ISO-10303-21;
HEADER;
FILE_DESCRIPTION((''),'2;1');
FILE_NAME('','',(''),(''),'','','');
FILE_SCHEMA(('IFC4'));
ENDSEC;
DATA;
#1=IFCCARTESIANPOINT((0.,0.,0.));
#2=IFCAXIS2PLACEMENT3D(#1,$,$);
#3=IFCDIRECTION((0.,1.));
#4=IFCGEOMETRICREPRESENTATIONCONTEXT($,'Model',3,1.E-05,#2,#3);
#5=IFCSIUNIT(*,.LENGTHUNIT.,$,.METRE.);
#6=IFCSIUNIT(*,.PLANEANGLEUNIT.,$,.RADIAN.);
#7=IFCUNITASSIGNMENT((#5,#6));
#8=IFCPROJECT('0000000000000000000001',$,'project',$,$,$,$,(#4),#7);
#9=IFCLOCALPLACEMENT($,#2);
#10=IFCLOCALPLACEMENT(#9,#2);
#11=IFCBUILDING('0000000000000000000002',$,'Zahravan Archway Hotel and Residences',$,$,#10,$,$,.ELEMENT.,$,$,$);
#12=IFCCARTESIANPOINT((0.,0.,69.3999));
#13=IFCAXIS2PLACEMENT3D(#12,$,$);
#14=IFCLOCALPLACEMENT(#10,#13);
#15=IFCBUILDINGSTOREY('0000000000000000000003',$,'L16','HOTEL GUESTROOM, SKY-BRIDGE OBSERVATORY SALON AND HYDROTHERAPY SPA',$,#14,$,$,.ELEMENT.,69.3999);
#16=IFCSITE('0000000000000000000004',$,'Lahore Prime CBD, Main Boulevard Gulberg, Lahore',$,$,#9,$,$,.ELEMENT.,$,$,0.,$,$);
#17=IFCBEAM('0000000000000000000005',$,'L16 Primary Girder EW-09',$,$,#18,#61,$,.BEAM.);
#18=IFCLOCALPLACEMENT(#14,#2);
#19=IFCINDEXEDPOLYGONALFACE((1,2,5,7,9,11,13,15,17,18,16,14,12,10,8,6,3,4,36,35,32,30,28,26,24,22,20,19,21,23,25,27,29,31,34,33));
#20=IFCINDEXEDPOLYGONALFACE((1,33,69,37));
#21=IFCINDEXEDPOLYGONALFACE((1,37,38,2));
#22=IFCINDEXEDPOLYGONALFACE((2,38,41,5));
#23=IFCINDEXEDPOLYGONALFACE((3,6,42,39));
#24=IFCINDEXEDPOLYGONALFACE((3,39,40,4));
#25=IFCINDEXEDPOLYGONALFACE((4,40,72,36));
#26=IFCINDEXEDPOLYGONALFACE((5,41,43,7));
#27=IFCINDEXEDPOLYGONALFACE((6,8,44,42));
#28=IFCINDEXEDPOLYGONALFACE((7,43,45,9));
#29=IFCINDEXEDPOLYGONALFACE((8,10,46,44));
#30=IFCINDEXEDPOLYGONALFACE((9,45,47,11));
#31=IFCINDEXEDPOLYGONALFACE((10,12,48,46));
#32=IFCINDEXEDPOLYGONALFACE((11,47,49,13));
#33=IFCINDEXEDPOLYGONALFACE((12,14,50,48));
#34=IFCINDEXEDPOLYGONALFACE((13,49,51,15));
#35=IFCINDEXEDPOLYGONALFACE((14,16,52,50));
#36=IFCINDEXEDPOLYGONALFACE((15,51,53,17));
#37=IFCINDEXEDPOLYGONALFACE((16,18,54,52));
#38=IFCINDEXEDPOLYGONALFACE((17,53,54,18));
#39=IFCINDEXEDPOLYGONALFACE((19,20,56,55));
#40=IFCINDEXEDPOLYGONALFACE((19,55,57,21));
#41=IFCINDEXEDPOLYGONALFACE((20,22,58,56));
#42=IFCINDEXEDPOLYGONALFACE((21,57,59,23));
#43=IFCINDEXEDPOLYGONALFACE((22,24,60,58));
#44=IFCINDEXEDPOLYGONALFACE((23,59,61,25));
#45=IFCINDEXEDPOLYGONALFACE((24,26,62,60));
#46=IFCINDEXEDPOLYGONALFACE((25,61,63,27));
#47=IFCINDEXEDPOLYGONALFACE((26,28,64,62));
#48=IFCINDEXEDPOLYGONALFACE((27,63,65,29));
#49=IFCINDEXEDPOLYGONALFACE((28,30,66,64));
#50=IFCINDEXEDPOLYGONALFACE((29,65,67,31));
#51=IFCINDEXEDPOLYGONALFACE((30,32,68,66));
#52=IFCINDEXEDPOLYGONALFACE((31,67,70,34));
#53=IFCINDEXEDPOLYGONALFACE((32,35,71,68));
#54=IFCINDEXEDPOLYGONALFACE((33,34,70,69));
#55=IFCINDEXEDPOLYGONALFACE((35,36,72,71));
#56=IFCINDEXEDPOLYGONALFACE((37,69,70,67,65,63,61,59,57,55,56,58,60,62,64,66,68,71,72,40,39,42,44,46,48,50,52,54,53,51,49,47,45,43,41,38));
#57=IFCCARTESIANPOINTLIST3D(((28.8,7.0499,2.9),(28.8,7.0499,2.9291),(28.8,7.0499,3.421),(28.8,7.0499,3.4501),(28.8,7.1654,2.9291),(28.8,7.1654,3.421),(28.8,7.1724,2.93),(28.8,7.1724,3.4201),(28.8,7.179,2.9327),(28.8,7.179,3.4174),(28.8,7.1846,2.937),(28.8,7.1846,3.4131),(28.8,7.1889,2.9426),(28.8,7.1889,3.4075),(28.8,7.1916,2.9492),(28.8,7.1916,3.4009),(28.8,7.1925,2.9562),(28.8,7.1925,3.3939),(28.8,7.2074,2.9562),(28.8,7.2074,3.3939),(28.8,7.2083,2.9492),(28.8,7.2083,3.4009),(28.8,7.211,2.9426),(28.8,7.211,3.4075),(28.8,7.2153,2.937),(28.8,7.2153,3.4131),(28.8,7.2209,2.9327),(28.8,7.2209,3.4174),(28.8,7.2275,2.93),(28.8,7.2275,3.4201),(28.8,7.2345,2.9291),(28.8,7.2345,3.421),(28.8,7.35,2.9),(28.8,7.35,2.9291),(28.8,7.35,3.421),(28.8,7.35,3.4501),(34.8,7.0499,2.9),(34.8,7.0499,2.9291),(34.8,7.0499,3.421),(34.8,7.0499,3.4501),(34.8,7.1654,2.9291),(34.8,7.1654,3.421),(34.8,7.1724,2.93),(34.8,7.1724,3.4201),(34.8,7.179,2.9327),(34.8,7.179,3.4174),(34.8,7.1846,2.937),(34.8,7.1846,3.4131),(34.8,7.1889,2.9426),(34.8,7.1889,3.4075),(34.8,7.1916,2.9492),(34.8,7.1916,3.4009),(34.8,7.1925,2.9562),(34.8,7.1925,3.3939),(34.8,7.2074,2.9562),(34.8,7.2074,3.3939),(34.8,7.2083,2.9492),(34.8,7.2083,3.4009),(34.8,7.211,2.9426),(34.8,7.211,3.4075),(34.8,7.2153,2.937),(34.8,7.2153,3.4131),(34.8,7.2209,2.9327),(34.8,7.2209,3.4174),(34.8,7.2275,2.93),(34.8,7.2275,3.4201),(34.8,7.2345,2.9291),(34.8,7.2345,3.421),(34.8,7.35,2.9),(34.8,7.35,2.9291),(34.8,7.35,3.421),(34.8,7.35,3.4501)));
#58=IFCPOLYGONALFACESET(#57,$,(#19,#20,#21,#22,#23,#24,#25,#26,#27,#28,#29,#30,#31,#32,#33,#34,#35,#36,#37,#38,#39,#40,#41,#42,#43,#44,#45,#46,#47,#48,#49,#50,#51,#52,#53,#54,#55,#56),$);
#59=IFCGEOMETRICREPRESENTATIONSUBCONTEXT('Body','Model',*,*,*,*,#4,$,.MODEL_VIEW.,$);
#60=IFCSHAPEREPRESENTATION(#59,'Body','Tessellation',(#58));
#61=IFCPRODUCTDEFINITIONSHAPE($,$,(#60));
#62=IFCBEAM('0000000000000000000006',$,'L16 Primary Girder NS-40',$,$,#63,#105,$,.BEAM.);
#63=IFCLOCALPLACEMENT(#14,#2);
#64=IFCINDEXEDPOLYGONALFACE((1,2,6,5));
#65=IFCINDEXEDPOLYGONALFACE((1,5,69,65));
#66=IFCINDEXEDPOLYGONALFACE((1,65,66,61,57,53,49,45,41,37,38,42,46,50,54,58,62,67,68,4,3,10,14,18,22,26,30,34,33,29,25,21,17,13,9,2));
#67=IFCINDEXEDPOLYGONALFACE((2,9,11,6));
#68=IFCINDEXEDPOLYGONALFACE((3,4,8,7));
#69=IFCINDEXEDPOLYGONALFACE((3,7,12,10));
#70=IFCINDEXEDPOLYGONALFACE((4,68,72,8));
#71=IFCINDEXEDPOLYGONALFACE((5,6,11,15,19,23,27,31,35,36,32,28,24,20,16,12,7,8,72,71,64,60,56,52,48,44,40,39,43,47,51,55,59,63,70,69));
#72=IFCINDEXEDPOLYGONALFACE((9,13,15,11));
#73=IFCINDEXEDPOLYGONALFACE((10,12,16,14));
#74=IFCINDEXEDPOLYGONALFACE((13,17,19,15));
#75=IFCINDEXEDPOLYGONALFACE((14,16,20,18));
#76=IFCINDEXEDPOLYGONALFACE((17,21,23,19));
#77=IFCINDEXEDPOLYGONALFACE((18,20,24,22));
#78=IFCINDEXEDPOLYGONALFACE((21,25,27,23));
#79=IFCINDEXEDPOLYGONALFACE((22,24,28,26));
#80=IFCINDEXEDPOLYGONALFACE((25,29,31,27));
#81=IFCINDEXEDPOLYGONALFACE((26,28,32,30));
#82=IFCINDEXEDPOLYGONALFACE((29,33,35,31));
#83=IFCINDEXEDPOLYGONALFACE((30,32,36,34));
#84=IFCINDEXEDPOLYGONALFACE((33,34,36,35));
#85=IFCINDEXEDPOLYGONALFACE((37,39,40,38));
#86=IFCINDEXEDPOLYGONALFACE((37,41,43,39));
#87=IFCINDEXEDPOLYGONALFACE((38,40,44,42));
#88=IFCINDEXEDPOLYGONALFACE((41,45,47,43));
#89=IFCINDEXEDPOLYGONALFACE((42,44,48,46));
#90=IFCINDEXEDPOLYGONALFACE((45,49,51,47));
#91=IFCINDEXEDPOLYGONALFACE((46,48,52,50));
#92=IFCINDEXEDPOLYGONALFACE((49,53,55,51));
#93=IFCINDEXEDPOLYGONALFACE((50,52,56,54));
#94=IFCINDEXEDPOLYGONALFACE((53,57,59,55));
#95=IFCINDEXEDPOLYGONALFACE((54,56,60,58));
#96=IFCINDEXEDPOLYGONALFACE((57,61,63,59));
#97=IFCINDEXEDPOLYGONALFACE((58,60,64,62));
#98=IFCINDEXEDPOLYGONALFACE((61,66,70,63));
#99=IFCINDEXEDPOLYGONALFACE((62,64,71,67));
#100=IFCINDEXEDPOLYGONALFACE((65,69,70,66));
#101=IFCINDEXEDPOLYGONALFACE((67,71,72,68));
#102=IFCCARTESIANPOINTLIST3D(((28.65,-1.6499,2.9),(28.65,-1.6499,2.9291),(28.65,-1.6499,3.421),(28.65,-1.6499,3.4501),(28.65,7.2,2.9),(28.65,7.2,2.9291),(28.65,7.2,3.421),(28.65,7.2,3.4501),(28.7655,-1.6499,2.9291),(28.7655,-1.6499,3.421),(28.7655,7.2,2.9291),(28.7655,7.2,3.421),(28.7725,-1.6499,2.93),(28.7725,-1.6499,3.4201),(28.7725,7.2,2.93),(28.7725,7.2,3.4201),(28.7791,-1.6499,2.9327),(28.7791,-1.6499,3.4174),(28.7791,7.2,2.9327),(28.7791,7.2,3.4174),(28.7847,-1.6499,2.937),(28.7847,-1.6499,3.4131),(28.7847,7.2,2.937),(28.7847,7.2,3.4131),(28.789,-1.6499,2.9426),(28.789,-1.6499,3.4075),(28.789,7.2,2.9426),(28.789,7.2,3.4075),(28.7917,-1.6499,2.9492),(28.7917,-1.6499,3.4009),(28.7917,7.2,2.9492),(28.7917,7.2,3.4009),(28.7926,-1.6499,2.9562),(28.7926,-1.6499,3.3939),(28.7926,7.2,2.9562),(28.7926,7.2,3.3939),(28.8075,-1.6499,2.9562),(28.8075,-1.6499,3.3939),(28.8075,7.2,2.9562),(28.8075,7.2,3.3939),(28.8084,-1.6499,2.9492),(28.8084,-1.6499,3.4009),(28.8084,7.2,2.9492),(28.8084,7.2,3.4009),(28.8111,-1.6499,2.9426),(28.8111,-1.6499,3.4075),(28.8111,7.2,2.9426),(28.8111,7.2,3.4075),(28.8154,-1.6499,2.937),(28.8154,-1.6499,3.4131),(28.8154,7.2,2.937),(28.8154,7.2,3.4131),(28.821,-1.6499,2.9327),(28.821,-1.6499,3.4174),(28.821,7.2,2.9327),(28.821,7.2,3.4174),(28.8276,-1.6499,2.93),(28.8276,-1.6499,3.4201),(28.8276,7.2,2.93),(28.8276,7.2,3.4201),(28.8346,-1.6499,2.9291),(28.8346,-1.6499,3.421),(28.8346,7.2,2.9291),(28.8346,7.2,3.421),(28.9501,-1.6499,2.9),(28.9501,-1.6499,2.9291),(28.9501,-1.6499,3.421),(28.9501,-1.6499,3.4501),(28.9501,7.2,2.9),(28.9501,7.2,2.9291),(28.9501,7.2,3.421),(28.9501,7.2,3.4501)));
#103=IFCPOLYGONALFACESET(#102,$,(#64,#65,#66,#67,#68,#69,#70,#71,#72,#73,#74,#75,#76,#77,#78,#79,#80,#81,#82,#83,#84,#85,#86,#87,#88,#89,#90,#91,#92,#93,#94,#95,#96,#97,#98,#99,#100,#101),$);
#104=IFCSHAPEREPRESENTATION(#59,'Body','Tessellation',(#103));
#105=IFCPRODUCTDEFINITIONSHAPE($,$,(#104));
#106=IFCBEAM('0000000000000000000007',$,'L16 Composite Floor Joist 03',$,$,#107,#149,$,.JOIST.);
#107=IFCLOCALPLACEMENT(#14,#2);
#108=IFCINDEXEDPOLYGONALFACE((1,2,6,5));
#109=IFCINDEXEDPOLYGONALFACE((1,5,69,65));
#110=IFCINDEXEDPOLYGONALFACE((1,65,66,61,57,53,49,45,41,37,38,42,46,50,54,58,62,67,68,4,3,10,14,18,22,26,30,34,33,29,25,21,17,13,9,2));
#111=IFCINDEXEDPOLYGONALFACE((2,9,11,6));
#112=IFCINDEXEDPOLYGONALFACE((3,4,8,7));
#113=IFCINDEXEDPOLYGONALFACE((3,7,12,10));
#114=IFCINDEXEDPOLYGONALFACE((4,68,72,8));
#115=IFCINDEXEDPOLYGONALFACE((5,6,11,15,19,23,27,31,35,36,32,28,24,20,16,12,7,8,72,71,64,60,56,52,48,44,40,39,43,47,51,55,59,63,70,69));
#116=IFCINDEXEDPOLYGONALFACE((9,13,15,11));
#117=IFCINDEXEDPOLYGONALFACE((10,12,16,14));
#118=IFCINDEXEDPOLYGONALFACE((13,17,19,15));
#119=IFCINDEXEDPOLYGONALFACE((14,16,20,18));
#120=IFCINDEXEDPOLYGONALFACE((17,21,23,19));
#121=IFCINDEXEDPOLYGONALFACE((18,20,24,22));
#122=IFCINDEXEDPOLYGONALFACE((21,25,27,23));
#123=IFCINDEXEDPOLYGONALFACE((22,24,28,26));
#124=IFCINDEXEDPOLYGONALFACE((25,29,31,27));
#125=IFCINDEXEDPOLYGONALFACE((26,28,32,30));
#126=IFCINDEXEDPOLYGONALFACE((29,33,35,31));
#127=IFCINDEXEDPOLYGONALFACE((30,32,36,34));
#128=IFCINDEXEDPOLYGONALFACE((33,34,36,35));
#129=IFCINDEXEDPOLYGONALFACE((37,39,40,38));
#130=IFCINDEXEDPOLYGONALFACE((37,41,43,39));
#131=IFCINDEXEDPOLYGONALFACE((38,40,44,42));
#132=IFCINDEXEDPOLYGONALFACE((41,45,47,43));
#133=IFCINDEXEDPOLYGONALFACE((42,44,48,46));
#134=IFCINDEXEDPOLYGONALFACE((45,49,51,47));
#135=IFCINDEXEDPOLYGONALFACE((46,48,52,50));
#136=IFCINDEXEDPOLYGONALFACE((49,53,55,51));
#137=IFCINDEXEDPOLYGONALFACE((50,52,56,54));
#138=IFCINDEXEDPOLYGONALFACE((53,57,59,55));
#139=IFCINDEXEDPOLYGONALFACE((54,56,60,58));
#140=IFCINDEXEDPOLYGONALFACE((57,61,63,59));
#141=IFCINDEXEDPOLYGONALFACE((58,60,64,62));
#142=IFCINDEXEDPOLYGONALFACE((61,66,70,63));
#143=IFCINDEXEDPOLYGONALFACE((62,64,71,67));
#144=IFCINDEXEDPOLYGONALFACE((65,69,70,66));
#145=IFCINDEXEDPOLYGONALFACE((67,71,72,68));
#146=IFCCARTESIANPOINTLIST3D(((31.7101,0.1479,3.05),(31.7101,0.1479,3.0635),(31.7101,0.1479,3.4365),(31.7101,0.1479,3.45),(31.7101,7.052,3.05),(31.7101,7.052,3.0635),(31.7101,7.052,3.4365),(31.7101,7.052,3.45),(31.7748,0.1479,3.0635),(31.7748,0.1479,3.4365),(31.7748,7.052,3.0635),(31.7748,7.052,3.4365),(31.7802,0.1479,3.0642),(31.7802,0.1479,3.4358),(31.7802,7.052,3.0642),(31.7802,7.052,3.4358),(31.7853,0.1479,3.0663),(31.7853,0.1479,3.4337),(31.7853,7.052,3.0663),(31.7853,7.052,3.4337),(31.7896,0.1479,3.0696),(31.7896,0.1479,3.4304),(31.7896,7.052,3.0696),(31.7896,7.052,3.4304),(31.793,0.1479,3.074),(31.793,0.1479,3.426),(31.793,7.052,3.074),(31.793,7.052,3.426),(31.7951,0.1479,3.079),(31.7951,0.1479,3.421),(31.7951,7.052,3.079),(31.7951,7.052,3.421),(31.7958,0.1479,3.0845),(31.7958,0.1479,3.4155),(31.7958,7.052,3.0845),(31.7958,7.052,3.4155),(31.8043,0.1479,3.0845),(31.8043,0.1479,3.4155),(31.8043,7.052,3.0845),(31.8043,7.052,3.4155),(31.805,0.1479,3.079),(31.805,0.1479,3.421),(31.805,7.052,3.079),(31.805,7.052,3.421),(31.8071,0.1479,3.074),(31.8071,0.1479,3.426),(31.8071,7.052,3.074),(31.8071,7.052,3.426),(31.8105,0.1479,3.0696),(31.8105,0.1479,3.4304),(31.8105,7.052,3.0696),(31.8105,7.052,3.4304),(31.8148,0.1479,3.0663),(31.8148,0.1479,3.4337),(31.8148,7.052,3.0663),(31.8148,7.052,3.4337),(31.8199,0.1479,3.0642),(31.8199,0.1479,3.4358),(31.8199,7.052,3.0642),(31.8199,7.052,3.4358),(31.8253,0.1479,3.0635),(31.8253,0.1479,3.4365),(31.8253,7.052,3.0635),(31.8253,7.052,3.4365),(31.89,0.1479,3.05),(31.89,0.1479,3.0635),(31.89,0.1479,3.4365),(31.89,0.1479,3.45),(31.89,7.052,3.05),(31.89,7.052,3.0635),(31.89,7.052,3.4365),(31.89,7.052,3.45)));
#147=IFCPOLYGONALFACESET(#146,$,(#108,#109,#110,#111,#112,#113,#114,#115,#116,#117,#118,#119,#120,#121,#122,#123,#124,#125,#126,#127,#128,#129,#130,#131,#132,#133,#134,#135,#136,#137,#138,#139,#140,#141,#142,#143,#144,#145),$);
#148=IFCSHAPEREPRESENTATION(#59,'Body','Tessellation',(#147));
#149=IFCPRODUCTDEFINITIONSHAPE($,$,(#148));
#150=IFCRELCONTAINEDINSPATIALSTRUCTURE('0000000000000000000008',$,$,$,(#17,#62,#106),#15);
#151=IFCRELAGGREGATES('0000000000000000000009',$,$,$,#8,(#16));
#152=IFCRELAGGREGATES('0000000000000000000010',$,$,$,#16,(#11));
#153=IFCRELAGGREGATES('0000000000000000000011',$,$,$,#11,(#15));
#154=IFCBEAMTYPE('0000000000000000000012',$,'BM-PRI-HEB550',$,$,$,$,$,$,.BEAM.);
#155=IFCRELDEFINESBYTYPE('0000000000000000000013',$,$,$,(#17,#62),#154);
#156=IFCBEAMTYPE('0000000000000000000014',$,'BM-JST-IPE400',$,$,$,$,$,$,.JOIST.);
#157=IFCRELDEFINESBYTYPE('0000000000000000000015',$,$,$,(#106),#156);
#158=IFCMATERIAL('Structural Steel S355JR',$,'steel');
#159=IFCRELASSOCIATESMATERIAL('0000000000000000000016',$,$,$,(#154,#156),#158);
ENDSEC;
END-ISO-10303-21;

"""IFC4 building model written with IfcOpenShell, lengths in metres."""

from ifc_helpers import new_model, si_unit, direction, frame, origin, origin_2d, place, context, subcontext, project, spatial, i_section, extrude, source, transform, mapped, material, material_profile, profile_set, type_object, type_shapes, element, save


model = new_model("IFC4")

# Units and contexts
model_context = context("Model", 3, precision=1e-05, world=origin(), true_north=direction((0.0, 1.0)))
body_context = subcontext(model_context, "Body", "Model", "MODEL_VIEW")
ifc_project = project(units=[si_unit("LENGTHUNIT", "METRE"), si_unit("PLANEANGLEUNIT", "RADIAN")], contexts=[model_context])

# Site, building, storey
site_placement = place(None, origin())
site = spatial("IfcSite", under=ifc_project, at=site_placement, Name="Lahore Prime CBD, Main Boulevard Gulberg, Lahore", CompositionType="ELEMENT", RefElevation=0.0)
building_placement = place(site_placement, origin())
building = spatial("IfcBuilding", under=site, at=building_placement, Name="Zahravan Archway Hotel and Residences", CompositionType="ELEMENT")
storey_placement = place(building_placement, frame((0.0, 0.0, 69.3999)))
storey = spatial("IfcBuildingStorey", under=building, at=storey_placement, Name="L16", Description="HOTEL GUESTROOM, SKY-BRIDGE OBSERVATORY SALON AND HYDROTHERAPY SPA", CompositionType="ELEMENT", Elevation=69.3999)

# Beams
ifc_material_1 = material(Name="Structural Steel S355JR", Category="steel")
ifc_material_profile_1 = material_profile(ifc_material_1, i_section(OverallWidth=0.3, OverallDepth=0.55, WebThickness=0.0149, FlangeThickness=0.0291, FilletRadius=0.0271, at=origin_2d()), Name="HEB 550", Category="steel")
ifc_profile_set_1 = profile_set([ifc_material_profile_1], Name="Structural Steel S355JR")
beam_type_1 = type_object("IfcBeamType", Name="BM-PRI-HEB550", PredefinedType="BEAM", material=ifc_profile_set_1)
shared_shape_1 = source(origin(), body_context, "Body", "SweptSolid", [
    extrude(i_section(OverallWidth=0.3, OverallDepth=0.55, WebThickness=0.0149, FlangeThickness=0.0291, FilletRadius=0.0271, at=origin_2d()), origin(), (0.0, 0.0, 1.0), 6.0),
])
for number, where, z_axis, x_axis, name in (
    (1, (28.8, 7.2, 3.175), (1.0, 0.0, 0.0), (0.0, 1.0, 0.0), "L16 Primary Girder EW-09"),
):
    element("IfcBeam", number, at=place(storey_placement, frame(where, z_axis=z_axis, x_axis=x_axis)), inside=storey, type_object=beam_type_1, Name=name, PredefinedType="BEAM", context=body_context, shape_type="MappedRepresentation", body=[
        mapped(shared_shape_1, transform((0.0, 0.0, 0.0), scale=1.0)),
    ])
shared_shape_2 = source(origin(), body_context, "Body", "SweptSolid", [
    extrude(i_section(OverallWidth=0.3, OverallDepth=0.55, WebThickness=0.0149, FlangeThickness=0.0291, FilletRadius=0.0271, at=origin_2d()), origin(), (0.0, 0.0, 1.0), 8.8499),
])
beam_1_placement = place(storey_placement, frame((28.8, -1.6499, 3.175), z_axis=(0.0, 1.0, 0.0), x_axis=(-1.0, 0.0, 0.0)))
element("IfcBeam", 2, at=beam_1_placement, inside=storey, type_object=beam_type_1, Name="L16 Primary Girder NS-40", PredefinedType="BEAM", context=body_context, shape_type="MappedRepresentation", body=[
    mapped(shared_shape_2, transform((0.0, 0.0, 0.0), scale=1.0)),
])
ifc_material_profile_2 = material_profile(ifc_material_1, i_section(OverallWidth=0.1799, OverallDepth=0.3999, WebThickness=0.0085, FlangeThickness=0.0134, FilletRadius=0.021, at=origin_2d()), Name="IPE 400", Category="steel")
ifc_profile_set_2 = profile_set([ifc_material_profile_2], Name="Structural Steel S355JR")
beam_type_2 = type_object("IfcBeamType", Name="BM-JST-IPE400", PredefinedType="JOIST", material=ifc_profile_set_2)
shared_shape_3 = source(origin(), body_context, "Body", "SweptSolid", [
    extrude(i_section(OverallWidth=0.1799, OverallDepth=0.3999, WebThickness=0.0085, FlangeThickness=0.0134, FilletRadius=0.021, at=origin_2d()), origin(), (0.0, 0.0, 1.0), 6.9041),
])
type_shapes(beam_type_2, [shared_shape_3])
beam_2_placement = place(storey_placement, frame((31.8, 0.1479, 3.25), z_axis=(0.0, 1.0, 0.0), x_axis=(-1.0, 0.0, 0.0)))
element("IfcBeam", 3, at=beam_2_placement, inside=storey, type_object=beam_type_2, Name="L16 Composite Floor Joist 03", PredefinedType="JOIST", context=body_context, shape_type="MappedRepresentation", body=[
    mapped(shared_shape_3, transform((0.0, 0.0, 0.0), scale=1.0)),
])

save(model, "model.ifc")
